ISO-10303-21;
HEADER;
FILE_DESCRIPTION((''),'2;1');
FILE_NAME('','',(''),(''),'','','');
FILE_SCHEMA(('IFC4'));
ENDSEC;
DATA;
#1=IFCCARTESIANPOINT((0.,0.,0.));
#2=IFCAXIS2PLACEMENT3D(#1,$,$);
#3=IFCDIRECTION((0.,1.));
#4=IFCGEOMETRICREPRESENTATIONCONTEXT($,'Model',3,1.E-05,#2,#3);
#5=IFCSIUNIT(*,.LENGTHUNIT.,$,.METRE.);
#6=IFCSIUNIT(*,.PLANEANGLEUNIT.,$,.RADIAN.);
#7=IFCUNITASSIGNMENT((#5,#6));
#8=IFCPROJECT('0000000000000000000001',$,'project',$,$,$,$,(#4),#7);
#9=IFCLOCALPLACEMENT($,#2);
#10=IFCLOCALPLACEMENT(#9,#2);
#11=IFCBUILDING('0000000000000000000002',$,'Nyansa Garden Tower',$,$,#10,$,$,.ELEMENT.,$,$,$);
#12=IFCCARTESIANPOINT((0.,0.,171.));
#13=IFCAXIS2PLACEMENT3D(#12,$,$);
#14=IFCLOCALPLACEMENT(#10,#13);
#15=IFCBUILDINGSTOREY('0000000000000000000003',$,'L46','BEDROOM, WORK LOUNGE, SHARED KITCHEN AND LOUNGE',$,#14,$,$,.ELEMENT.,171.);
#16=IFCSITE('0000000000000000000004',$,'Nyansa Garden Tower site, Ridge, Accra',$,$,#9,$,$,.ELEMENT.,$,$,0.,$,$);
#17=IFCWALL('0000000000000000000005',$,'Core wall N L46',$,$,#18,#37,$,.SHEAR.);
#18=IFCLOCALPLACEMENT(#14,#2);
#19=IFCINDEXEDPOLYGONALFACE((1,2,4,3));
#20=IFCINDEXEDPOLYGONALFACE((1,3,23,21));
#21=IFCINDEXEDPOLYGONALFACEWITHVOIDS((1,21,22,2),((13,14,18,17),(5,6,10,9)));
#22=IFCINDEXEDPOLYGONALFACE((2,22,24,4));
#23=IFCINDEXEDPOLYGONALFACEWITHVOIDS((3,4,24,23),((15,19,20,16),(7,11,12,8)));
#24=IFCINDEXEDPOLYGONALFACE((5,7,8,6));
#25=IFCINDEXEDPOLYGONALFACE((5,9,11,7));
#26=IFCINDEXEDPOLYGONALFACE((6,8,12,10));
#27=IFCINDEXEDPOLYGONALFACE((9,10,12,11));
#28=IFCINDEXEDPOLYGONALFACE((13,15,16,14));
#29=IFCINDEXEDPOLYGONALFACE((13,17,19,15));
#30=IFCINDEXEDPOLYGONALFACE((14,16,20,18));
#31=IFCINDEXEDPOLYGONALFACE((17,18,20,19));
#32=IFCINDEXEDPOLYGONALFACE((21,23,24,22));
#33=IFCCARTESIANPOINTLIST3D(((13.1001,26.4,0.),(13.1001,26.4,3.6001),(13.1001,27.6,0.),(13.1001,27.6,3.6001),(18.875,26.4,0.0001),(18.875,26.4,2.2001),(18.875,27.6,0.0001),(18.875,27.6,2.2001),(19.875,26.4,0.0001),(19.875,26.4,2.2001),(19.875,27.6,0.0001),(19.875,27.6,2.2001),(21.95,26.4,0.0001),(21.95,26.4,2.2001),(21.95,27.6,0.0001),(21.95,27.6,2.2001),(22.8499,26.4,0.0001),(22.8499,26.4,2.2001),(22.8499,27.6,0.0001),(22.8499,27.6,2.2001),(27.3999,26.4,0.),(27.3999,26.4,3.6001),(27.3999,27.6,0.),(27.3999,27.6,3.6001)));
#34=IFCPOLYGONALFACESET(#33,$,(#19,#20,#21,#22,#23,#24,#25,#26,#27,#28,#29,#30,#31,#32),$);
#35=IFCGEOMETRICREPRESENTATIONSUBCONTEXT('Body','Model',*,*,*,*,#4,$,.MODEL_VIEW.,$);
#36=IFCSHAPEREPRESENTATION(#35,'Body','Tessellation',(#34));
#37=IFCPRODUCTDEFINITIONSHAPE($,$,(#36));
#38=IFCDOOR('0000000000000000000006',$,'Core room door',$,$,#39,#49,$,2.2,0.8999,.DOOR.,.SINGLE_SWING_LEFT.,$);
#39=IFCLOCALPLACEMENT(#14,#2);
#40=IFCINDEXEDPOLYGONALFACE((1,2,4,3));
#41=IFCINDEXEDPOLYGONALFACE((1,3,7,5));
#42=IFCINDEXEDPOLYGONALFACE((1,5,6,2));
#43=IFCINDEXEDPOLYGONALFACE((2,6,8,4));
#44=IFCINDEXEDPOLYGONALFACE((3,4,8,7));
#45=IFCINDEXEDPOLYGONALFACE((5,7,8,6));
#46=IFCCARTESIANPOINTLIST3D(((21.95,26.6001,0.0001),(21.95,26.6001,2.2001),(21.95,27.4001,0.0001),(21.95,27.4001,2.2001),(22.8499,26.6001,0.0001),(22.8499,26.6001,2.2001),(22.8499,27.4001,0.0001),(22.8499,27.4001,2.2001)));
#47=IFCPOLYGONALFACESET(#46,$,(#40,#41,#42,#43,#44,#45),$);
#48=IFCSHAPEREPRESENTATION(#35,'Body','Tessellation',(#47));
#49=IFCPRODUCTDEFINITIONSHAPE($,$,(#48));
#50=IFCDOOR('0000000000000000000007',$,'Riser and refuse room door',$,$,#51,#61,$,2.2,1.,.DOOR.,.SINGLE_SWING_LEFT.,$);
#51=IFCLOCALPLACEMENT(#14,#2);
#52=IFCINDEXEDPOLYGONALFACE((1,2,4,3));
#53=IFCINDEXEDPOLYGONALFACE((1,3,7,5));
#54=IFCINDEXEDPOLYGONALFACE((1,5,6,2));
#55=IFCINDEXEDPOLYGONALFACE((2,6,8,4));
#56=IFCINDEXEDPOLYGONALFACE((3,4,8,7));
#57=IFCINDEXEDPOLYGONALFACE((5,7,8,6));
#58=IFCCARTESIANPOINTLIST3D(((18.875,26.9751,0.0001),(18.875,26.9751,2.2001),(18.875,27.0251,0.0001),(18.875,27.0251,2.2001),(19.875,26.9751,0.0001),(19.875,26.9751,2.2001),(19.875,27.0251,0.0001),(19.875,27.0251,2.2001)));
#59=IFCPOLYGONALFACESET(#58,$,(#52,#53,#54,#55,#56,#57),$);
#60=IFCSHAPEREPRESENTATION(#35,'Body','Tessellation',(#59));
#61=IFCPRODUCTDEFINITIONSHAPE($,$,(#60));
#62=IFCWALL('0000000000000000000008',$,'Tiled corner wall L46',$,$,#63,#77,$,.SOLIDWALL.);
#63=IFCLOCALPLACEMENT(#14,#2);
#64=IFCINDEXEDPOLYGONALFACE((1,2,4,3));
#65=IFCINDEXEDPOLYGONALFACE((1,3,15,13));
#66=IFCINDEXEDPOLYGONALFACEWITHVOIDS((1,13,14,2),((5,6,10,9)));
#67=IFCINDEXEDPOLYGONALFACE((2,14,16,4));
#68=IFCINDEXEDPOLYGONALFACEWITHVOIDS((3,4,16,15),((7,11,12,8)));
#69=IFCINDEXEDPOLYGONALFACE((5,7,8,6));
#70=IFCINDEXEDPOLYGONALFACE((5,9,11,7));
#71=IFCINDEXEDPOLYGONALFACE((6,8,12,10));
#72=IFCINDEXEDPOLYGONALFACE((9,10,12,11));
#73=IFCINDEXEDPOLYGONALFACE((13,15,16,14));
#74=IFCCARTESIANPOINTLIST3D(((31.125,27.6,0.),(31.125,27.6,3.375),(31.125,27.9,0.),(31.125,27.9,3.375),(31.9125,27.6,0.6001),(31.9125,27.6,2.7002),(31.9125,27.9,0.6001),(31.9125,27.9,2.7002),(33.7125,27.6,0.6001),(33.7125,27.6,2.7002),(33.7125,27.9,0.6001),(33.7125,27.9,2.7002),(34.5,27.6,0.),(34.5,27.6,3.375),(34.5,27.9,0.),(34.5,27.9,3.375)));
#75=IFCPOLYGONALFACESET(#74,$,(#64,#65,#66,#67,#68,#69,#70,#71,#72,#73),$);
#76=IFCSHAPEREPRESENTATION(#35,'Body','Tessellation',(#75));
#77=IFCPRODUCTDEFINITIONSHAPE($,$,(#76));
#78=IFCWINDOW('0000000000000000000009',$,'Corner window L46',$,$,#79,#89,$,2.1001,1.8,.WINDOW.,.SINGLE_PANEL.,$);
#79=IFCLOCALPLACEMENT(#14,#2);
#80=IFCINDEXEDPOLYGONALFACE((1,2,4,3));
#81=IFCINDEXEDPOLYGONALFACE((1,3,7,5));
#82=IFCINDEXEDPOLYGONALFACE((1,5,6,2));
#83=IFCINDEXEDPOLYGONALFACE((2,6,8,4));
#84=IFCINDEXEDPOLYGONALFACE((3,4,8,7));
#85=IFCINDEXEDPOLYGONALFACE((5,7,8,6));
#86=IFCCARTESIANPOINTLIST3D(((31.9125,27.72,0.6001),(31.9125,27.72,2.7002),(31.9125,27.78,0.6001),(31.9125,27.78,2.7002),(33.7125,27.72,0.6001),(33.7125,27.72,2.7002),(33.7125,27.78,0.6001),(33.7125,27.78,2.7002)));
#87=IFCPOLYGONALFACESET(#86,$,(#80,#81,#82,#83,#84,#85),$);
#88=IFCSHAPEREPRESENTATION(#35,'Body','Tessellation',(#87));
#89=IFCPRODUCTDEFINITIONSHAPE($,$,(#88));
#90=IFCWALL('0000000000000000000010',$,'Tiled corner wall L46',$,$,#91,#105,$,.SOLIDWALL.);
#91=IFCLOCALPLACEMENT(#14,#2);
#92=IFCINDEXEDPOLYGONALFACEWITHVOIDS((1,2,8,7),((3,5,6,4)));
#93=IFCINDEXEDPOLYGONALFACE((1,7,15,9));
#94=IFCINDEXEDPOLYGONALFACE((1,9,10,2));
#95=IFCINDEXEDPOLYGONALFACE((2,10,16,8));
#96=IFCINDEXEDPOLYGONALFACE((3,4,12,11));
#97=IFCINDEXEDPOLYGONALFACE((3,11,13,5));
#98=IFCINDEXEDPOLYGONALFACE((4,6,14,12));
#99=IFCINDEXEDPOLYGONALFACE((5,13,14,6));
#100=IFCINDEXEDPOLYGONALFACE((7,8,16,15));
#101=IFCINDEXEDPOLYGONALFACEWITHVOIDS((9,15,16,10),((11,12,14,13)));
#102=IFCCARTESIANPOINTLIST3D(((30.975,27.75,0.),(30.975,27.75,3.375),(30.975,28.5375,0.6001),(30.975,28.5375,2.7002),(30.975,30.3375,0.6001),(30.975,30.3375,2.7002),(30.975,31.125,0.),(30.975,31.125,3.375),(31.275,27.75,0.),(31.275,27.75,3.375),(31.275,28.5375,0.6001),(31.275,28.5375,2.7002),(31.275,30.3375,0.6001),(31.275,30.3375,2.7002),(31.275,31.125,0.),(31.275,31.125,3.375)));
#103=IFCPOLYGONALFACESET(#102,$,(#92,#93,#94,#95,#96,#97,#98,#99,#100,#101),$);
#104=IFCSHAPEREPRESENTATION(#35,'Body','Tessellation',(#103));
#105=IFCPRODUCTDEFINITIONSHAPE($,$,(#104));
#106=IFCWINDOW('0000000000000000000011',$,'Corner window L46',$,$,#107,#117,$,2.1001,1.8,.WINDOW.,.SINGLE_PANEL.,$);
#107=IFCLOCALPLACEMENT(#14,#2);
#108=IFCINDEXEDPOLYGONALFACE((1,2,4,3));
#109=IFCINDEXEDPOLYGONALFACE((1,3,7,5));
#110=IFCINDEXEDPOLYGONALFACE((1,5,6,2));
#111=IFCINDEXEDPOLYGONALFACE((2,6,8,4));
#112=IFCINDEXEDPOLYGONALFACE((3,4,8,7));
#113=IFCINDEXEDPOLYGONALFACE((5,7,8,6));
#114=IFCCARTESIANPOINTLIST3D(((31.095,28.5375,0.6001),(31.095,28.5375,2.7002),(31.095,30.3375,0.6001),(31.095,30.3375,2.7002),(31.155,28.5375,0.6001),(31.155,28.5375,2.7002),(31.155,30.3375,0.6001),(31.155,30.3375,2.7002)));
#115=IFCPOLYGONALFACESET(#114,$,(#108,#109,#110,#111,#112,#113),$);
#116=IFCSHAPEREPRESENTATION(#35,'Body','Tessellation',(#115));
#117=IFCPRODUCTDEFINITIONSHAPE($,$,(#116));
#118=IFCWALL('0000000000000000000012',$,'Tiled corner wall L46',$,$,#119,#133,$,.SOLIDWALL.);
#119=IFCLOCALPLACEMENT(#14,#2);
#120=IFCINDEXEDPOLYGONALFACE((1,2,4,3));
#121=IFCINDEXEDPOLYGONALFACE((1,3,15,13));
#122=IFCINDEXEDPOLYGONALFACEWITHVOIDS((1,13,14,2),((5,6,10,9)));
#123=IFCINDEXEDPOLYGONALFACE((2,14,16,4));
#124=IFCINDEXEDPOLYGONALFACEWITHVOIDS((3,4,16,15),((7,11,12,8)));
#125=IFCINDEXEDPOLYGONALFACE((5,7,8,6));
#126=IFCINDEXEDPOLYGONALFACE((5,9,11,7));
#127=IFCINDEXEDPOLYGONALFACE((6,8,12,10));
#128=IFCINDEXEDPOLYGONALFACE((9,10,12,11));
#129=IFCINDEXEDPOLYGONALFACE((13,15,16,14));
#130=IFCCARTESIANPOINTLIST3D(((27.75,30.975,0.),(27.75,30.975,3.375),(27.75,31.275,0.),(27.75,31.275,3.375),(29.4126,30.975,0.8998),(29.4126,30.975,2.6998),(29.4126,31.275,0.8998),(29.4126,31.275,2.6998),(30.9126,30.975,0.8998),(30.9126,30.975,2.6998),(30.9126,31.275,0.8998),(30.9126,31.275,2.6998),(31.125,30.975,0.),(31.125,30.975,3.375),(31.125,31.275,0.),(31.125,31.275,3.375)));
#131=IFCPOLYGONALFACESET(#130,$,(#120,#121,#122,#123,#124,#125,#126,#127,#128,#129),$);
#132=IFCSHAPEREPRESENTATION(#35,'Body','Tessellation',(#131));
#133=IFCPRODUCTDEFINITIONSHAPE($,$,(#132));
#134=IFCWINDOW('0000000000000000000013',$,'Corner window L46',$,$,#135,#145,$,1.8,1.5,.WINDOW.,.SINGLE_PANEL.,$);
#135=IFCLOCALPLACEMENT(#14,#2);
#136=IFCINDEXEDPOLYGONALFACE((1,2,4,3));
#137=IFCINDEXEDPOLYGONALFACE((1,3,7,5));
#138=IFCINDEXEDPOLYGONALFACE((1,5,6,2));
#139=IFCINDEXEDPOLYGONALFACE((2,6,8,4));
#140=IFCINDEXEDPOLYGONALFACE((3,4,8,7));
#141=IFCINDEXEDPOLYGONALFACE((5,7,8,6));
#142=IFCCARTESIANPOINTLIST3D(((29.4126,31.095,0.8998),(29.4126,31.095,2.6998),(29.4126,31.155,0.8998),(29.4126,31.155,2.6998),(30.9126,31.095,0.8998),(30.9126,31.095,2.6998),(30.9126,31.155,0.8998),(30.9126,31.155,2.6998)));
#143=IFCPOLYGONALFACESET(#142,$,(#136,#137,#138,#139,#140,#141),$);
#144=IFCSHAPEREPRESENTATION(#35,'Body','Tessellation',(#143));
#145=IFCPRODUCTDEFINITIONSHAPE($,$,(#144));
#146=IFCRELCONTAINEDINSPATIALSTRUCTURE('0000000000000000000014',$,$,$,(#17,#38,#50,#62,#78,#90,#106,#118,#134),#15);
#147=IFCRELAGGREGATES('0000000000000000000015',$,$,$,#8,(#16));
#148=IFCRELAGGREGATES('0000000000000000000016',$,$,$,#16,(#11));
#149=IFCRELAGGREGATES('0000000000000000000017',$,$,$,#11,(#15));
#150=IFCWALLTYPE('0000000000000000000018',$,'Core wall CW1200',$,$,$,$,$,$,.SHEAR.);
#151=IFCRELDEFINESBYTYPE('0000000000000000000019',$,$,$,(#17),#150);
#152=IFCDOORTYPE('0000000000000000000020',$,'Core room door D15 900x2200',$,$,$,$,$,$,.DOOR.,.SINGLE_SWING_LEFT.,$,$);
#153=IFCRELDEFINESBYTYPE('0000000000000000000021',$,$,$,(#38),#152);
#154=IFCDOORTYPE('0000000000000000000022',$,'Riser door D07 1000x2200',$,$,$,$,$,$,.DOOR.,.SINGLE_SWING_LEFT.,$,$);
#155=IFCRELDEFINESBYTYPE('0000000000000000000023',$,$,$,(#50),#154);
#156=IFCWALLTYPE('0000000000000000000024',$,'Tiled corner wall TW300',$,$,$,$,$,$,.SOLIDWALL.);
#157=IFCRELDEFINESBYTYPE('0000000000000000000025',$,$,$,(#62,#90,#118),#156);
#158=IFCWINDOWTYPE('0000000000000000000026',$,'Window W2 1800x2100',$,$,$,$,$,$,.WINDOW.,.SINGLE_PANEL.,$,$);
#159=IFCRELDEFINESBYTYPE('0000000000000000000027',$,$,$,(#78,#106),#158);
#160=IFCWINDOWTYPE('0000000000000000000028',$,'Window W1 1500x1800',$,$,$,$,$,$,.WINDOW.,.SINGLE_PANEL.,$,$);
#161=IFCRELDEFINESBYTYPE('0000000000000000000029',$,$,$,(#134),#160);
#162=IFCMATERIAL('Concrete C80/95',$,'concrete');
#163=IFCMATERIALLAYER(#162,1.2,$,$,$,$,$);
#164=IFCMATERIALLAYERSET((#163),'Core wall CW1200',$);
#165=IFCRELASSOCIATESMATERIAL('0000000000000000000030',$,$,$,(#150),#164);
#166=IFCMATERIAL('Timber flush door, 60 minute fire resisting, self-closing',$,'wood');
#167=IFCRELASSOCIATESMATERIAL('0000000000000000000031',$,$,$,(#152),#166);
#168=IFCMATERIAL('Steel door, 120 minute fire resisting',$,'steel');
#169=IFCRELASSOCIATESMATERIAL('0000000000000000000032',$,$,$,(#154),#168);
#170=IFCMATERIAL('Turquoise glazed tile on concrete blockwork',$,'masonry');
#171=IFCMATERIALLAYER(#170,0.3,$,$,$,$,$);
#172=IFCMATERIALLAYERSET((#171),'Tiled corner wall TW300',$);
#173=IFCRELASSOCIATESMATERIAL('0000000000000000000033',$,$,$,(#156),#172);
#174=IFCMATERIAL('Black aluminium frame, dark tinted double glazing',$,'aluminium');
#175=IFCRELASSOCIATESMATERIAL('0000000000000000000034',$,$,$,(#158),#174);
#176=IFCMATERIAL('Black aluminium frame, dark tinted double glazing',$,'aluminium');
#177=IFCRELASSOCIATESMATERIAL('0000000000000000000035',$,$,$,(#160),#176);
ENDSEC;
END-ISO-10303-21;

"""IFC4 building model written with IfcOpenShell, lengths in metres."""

from ifc_helpers import new_model, si_unit, direction, frame, frame_2d, origin, place, context, subcontext, project, spatial, rectangle, extrude, material, layer, layer_set, type_object, element, fill, save


model = new_model("IFC4")

# Units and contexts
model_context = context("Model", 3, precision=1e-05, world=origin(), true_north=direction((0.0, 1.0)))
body_context = subcontext(model_context, "Body", "Model", "MODEL_VIEW")
ifc_project = project(units=[si_unit("LENGTHUNIT", "METRE"), si_unit("PLANEANGLEUNIT", "RADIAN")], contexts=[model_context])

# Site, building, storey
site_placement = place(None, origin())
site = spatial("IfcSite", under=ifc_project, at=site_placement, Name="Nyansa Garden Tower site, Ridge, Accra", CompositionType="ELEMENT", RefElevation=0.0)
building_placement = place(site_placement, origin())
building = spatial("IfcBuilding", under=site, at=building_placement, Name="Nyansa Garden Tower", CompositionType="ELEMENT")
storey_placement = place(building_placement, frame((0.0, 0.0, 171.0)))
storey = spatial("IfcBuildingStorey", under=building, at=storey_placement, Name="L46", Description="BEDROOM, WORK LOUNGE, SHARED KITCHEN AND LOUNGE", CompositionType="ELEMENT", Elevation=171.0)

# Wall, openings, doors
ifc_material_1 = material(Name="Concrete C80/95", Category="concrete")
ifc_layer_1 = layer(ifc_material_1, 1.2)
ifc_layer_set_1 = layer_set([ifc_layer_1], Name="Core wall CW1200")
wall_type_1 = type_object("IfcWallType", Name="Core wall CW1200", PredefinedType="SHEAR", material=ifc_layer_set_1)
wall_1_placement = place(storey_placement, frame((27.3999, 27.0, 0.0), z_axis=(0.0, 0.0, 1.0), x_axis=(-1.0, 0.0, 0.0)))
wall_1 = element("IfcWall", 1, at=wall_1_placement, inside=storey, type_object=wall_type_1, Name="Core wall N L46", PredefinedType="SHEAR", context=body_context, shape_type="SweptSolid", body=[
    extrude(rectangle(XDim=14.2998, YDim=1.2, at=frame_2d((7.1499, 0.0))), origin(), (0.0, 0.0, 1.0), 3.6001),
])
opening_1_placement = place(wall_1_placement, frame((4.55, 0.0, 0.0)))
opening_1 = element("IfcOpeningElement", 2, at=opening_1_placement, cuts=wall_1, PredefinedType="OPENING", context=body_context, shape_type="SweptSolid", body=[
    extrude(rectangle(XDim=0.8999, YDim=2.2, at=frame_2d((0.45, 1.1001))), frame((0.0, 0.6099, 0.0), z_axis=(0.0, -1.0, 0.0), x_axis=(1.0, 0.0, 0.0)), (0.0, 0.0, 1.0), 1.22),
])
opening_2_placement = place(wall_1_placement, frame((7.5249, 0.0, 0.0)))
opening_2 = element("IfcOpeningElement", 3, at=opening_2_placement, cuts=wall_1, PredefinedType="OPENING", context=body_context, shape_type="SweptSolid", body=[
    extrude(rectangle(XDim=1.0, YDim=2.2, at=frame_2d((0.5, 1.1001))), frame((0.0, 0.6099, 0.0), z_axis=(0.0, -1.0, 0.0), x_axis=(1.0, 0.0, 0.0)), (0.0, 0.0, 1.0), 1.22),
])
ifc_material_2 = material(Name="Timber flush door, 60 minute fire resisting, self-closing", Category="wood")
door_type_1 = type_object("IfcDoorType", Name="Core room door D15 900x2200", OperationType="SINGLE_SWING_LEFT", PredefinedType="DOOR", material=ifc_material_2)
door_1_placement = place(opening_1_placement, origin())
door_1 = element("IfcDoor", 4, at=door_1_placement, inside=storey, type_object=door_type_1, Name="Core room door", OperationType="SINGLE_SWING_LEFT", OverallHeight=2.2, OverallWidth=0.8999, PredefinedType="DOOR", context=body_context, shape_type="SweptSolid", body=[
    extrude(rectangle(XDim=0.8999, YDim=2.2, at=frame_2d((0.45, 1.1001))), frame((0.0, 0.3999, 0.0), z_axis=(0.0, -1.0, 0.0), x_axis=(1.0, 0.0, 0.0)), (0.0, 0.0, 1.0), 0.8),
])
fill(opening_1, door_1)
ifc_material_3 = material(Name="Steel door, 120 minute fire resisting", Category="steel")
door_type_2 = type_object("IfcDoorType", Name="Riser door D07 1000x2200", OperationType="SINGLE_SWING_LEFT", PredefinedType="DOOR", material=ifc_material_3)
door_2_placement = place(opening_2_placement, origin())
door_2 = element("IfcDoor", 5, at=door_2_placement, inside=storey, type_object=door_type_2, Name="Riser and refuse room door", OperationType="SINGLE_SWING_LEFT", OverallHeight=2.2, OverallWidth=1.0, PredefinedType="DOOR", context=body_context, shape_type="SweptSolid", body=[
    extrude(rectangle(XDim=1.0, YDim=2.2, at=frame_2d((0.5, 1.1001))), frame((0.0, 0.0249, 0.0), z_axis=(0.0, -1.0, 0.0), x_axis=(1.0, 0.0, 0.0)), (0.0, 0.0, 1.0), 0.05),
])
fill(opening_2, door_2)

# Walls, openings, windows
ifc_material_4 = material(Name="Turquoise glazed tile on concrete blockwork", Category="masonry")
ifc_layer_2 = layer(ifc_material_4, 0.3)
ifc_layer_set_2 = layer_set([ifc_layer_2], Name="Tiled corner wall TW300")
wall_type_2 = type_object("IfcWallType", Name="Tiled corner wall TW300", PredefinedType="SOLIDWALL", material=ifc_layer_set_2)
wall_2_placement = place(storey_placement, frame((34.5, 27.75, 0.0), z_axis=(0.0, 0.0, 1.0), x_axis=(-1.0, 0.0, 0.0)))
wall_2 = element("IfcWall", 6, at=wall_2_placement, inside=storey, type_object=wall_type_2, Name="Tiled corner wall L46", PredefinedType="SOLIDWALL", context=body_context, shape_type="SweptSolid", body=[
    extrude(rectangle(XDim=3.375, YDim=0.3, at=frame_2d((1.6875, 0.0))), origin(), (0.0, 0.0, 1.0), 3.375),
])
opening_3_placement = place(wall_2_placement, frame((0.7876, 0.0, 0.6001)))
opening_3 = element("IfcOpeningElement", 7, at=opening_3_placement, cuts=wall_2, PredefinedType="OPENING", context=body_context, shape_type="SweptSolid", body=[
    extrude(rectangle(XDim=1.8, YDim=2.1001, at=frame_2d((0.8999, 1.05))), frame((0.0, 0.1599, 0.0), z_axis=(0.0, -1.0, 0.0), x_axis=(1.0, 0.0, 0.0)), (0.0, 0.0, 1.0), 0.3201),
])
ifc_material_5 = material(Name="Black aluminium frame, dark tinted double glazing", Category="aluminium")
window_type_1 = type_object("IfcWindowType", Name="Window W2 1800x2100", PartitioningType="SINGLE_PANEL", PredefinedType="WINDOW", material=ifc_material_5)
window_1_placement = place(opening_3_placement, origin())
window_1 = element("IfcWindow", 8, at=window_1_placement, inside=storey, type_object=window_type_1, Name="Corner window L46", OverallHeight=2.1001, OverallWidth=1.8, PartitioningType="SINGLE_PANEL", PredefinedType="WINDOW", context=body_context, shape_type="SweptSolid", body=[
    extrude(rectangle(XDim=1.8, YDim=2.1001, at=frame_2d((0.8999, 1.05))), frame((0.0, 0.03, 0.0), z_axis=(0.0, -1.0, 0.0), x_axis=(1.0, 0.0, 0.0)), (0.0, 0.0, 1.0), 0.0601),
])
fill(opening_3, window_1)
wall_3_placement = place(storey_placement, frame((31.125, 27.75, 0.0), z_axis=(0.0, 0.0, 1.0), x_axis=(0.0, 1.0, 0.0)))
wall_3 = element("IfcWall", 9, at=wall_3_placement, inside=storey, type_object=wall_type_2, Name="Tiled corner wall L46", PredefinedType="SOLIDWALL", context=body_context, shape_type="SweptSolid", body=[
    extrude(rectangle(XDim=3.375, YDim=0.3, at=frame_2d((1.6875, 0.0))), origin(), (0.0, 0.0, 1.0), 3.375),
])
opening_4_placement = place(wall_3_placement, frame((0.7876, 0.0, 0.6001)))
opening_4 = element("IfcOpeningElement", 10, at=opening_4_placement, cuts=wall_3, PredefinedType="OPENING", context=body_context, shape_type="SweptSolid", body=[
    extrude(rectangle(XDim=1.8, YDim=2.1001, at=frame_2d((0.8999, 1.05))), frame((0.0, 0.1599, 0.0), z_axis=(0.0, -1.0, 0.0), x_axis=(1.0, 0.0, 0.0)), (0.0, 0.0, 1.0), 0.3201),
])
window_2_placement = place(opening_4_placement, origin())
window_2 = element("IfcWindow", 11, at=window_2_placement, inside=storey, type_object=window_type_1, Name="Corner window L46", OverallHeight=2.1001, OverallWidth=1.8, PartitioningType="SINGLE_PANEL", PredefinedType="WINDOW", context=body_context, shape_type="SweptSolid", body=[
    extrude(rectangle(XDim=1.8, YDim=2.1001, at=frame_2d((0.8999, 1.05))), frame((0.0, 0.03, 0.0), z_axis=(0.0, -1.0, 0.0), x_axis=(1.0, 0.0, 0.0)), (0.0, 0.0, 1.0), 0.0601),
])
fill(opening_4, window_2)
wall_4_placement = place(storey_placement, frame((31.125, 31.125, 0.0), z_axis=(0.0, 0.0, 1.0), x_axis=(-1.0, 0.0, 0.0)))
wall_4 = element("IfcWall", 12, at=wall_4_placement, inside=storey, type_object=wall_type_2, Name="Tiled corner wall L46", PredefinedType="SOLIDWALL", context=body_context, shape_type="SweptSolid", body=[
    extrude(rectangle(XDim=3.375, YDim=0.3, at=frame_2d((1.6875, 0.0))), origin(), (0.0, 0.0, 1.0), 3.375),
])
opening_5_placement = place(wall_4_placement, frame((0.2124, 0.0, 0.8999)))
opening_5 = element("IfcOpeningElement", 13, at=opening_5_placement, cuts=wall_4, PredefinedType="OPENING", context=body_context, shape_type="SweptSolid", body=[
    extrude(rectangle(XDim=1.5, YDim=1.8, at=frame_2d((0.75, 0.8999))), frame((0.0, 0.1599, 0.0), z_axis=(0.0, -1.0, 0.0), x_axis=(1.0, 0.0, 0.0)), (0.0, 0.0, 1.0), 0.3201),
])
ifc_material_6 = material(Name="Black aluminium frame, dark tinted double glazing", Category="aluminium")
window_type_2 = type_object("IfcWindowType", Name="Window W1 1500x1800", PartitioningType="SINGLE_PANEL", PredefinedType="WINDOW", material=ifc_material_6)
window_3_placement = place(opening_5_placement, origin())
window_3 = element("IfcWindow", 14, at=window_3_placement, inside=storey, type_object=window_type_2, Name="Corner window L46", OverallHeight=1.8, OverallWidth=1.5, PartitioningType="SINGLE_PANEL", PredefinedType="WINDOW", context=body_context, shape_type="SweptSolid", body=[
    extrude(rectangle(XDim=1.5, YDim=1.8, at=frame_2d((0.75, 0.8999))), frame((0.0, 0.03, 0.0), z_axis=(0.0, -1.0, 0.0), x_axis=(1.0, 0.0, 0.0)), (0.0, 0.0, 1.0), 0.0601),
])
fill(opening_5, window_3)

save(model, "model.ifc")
